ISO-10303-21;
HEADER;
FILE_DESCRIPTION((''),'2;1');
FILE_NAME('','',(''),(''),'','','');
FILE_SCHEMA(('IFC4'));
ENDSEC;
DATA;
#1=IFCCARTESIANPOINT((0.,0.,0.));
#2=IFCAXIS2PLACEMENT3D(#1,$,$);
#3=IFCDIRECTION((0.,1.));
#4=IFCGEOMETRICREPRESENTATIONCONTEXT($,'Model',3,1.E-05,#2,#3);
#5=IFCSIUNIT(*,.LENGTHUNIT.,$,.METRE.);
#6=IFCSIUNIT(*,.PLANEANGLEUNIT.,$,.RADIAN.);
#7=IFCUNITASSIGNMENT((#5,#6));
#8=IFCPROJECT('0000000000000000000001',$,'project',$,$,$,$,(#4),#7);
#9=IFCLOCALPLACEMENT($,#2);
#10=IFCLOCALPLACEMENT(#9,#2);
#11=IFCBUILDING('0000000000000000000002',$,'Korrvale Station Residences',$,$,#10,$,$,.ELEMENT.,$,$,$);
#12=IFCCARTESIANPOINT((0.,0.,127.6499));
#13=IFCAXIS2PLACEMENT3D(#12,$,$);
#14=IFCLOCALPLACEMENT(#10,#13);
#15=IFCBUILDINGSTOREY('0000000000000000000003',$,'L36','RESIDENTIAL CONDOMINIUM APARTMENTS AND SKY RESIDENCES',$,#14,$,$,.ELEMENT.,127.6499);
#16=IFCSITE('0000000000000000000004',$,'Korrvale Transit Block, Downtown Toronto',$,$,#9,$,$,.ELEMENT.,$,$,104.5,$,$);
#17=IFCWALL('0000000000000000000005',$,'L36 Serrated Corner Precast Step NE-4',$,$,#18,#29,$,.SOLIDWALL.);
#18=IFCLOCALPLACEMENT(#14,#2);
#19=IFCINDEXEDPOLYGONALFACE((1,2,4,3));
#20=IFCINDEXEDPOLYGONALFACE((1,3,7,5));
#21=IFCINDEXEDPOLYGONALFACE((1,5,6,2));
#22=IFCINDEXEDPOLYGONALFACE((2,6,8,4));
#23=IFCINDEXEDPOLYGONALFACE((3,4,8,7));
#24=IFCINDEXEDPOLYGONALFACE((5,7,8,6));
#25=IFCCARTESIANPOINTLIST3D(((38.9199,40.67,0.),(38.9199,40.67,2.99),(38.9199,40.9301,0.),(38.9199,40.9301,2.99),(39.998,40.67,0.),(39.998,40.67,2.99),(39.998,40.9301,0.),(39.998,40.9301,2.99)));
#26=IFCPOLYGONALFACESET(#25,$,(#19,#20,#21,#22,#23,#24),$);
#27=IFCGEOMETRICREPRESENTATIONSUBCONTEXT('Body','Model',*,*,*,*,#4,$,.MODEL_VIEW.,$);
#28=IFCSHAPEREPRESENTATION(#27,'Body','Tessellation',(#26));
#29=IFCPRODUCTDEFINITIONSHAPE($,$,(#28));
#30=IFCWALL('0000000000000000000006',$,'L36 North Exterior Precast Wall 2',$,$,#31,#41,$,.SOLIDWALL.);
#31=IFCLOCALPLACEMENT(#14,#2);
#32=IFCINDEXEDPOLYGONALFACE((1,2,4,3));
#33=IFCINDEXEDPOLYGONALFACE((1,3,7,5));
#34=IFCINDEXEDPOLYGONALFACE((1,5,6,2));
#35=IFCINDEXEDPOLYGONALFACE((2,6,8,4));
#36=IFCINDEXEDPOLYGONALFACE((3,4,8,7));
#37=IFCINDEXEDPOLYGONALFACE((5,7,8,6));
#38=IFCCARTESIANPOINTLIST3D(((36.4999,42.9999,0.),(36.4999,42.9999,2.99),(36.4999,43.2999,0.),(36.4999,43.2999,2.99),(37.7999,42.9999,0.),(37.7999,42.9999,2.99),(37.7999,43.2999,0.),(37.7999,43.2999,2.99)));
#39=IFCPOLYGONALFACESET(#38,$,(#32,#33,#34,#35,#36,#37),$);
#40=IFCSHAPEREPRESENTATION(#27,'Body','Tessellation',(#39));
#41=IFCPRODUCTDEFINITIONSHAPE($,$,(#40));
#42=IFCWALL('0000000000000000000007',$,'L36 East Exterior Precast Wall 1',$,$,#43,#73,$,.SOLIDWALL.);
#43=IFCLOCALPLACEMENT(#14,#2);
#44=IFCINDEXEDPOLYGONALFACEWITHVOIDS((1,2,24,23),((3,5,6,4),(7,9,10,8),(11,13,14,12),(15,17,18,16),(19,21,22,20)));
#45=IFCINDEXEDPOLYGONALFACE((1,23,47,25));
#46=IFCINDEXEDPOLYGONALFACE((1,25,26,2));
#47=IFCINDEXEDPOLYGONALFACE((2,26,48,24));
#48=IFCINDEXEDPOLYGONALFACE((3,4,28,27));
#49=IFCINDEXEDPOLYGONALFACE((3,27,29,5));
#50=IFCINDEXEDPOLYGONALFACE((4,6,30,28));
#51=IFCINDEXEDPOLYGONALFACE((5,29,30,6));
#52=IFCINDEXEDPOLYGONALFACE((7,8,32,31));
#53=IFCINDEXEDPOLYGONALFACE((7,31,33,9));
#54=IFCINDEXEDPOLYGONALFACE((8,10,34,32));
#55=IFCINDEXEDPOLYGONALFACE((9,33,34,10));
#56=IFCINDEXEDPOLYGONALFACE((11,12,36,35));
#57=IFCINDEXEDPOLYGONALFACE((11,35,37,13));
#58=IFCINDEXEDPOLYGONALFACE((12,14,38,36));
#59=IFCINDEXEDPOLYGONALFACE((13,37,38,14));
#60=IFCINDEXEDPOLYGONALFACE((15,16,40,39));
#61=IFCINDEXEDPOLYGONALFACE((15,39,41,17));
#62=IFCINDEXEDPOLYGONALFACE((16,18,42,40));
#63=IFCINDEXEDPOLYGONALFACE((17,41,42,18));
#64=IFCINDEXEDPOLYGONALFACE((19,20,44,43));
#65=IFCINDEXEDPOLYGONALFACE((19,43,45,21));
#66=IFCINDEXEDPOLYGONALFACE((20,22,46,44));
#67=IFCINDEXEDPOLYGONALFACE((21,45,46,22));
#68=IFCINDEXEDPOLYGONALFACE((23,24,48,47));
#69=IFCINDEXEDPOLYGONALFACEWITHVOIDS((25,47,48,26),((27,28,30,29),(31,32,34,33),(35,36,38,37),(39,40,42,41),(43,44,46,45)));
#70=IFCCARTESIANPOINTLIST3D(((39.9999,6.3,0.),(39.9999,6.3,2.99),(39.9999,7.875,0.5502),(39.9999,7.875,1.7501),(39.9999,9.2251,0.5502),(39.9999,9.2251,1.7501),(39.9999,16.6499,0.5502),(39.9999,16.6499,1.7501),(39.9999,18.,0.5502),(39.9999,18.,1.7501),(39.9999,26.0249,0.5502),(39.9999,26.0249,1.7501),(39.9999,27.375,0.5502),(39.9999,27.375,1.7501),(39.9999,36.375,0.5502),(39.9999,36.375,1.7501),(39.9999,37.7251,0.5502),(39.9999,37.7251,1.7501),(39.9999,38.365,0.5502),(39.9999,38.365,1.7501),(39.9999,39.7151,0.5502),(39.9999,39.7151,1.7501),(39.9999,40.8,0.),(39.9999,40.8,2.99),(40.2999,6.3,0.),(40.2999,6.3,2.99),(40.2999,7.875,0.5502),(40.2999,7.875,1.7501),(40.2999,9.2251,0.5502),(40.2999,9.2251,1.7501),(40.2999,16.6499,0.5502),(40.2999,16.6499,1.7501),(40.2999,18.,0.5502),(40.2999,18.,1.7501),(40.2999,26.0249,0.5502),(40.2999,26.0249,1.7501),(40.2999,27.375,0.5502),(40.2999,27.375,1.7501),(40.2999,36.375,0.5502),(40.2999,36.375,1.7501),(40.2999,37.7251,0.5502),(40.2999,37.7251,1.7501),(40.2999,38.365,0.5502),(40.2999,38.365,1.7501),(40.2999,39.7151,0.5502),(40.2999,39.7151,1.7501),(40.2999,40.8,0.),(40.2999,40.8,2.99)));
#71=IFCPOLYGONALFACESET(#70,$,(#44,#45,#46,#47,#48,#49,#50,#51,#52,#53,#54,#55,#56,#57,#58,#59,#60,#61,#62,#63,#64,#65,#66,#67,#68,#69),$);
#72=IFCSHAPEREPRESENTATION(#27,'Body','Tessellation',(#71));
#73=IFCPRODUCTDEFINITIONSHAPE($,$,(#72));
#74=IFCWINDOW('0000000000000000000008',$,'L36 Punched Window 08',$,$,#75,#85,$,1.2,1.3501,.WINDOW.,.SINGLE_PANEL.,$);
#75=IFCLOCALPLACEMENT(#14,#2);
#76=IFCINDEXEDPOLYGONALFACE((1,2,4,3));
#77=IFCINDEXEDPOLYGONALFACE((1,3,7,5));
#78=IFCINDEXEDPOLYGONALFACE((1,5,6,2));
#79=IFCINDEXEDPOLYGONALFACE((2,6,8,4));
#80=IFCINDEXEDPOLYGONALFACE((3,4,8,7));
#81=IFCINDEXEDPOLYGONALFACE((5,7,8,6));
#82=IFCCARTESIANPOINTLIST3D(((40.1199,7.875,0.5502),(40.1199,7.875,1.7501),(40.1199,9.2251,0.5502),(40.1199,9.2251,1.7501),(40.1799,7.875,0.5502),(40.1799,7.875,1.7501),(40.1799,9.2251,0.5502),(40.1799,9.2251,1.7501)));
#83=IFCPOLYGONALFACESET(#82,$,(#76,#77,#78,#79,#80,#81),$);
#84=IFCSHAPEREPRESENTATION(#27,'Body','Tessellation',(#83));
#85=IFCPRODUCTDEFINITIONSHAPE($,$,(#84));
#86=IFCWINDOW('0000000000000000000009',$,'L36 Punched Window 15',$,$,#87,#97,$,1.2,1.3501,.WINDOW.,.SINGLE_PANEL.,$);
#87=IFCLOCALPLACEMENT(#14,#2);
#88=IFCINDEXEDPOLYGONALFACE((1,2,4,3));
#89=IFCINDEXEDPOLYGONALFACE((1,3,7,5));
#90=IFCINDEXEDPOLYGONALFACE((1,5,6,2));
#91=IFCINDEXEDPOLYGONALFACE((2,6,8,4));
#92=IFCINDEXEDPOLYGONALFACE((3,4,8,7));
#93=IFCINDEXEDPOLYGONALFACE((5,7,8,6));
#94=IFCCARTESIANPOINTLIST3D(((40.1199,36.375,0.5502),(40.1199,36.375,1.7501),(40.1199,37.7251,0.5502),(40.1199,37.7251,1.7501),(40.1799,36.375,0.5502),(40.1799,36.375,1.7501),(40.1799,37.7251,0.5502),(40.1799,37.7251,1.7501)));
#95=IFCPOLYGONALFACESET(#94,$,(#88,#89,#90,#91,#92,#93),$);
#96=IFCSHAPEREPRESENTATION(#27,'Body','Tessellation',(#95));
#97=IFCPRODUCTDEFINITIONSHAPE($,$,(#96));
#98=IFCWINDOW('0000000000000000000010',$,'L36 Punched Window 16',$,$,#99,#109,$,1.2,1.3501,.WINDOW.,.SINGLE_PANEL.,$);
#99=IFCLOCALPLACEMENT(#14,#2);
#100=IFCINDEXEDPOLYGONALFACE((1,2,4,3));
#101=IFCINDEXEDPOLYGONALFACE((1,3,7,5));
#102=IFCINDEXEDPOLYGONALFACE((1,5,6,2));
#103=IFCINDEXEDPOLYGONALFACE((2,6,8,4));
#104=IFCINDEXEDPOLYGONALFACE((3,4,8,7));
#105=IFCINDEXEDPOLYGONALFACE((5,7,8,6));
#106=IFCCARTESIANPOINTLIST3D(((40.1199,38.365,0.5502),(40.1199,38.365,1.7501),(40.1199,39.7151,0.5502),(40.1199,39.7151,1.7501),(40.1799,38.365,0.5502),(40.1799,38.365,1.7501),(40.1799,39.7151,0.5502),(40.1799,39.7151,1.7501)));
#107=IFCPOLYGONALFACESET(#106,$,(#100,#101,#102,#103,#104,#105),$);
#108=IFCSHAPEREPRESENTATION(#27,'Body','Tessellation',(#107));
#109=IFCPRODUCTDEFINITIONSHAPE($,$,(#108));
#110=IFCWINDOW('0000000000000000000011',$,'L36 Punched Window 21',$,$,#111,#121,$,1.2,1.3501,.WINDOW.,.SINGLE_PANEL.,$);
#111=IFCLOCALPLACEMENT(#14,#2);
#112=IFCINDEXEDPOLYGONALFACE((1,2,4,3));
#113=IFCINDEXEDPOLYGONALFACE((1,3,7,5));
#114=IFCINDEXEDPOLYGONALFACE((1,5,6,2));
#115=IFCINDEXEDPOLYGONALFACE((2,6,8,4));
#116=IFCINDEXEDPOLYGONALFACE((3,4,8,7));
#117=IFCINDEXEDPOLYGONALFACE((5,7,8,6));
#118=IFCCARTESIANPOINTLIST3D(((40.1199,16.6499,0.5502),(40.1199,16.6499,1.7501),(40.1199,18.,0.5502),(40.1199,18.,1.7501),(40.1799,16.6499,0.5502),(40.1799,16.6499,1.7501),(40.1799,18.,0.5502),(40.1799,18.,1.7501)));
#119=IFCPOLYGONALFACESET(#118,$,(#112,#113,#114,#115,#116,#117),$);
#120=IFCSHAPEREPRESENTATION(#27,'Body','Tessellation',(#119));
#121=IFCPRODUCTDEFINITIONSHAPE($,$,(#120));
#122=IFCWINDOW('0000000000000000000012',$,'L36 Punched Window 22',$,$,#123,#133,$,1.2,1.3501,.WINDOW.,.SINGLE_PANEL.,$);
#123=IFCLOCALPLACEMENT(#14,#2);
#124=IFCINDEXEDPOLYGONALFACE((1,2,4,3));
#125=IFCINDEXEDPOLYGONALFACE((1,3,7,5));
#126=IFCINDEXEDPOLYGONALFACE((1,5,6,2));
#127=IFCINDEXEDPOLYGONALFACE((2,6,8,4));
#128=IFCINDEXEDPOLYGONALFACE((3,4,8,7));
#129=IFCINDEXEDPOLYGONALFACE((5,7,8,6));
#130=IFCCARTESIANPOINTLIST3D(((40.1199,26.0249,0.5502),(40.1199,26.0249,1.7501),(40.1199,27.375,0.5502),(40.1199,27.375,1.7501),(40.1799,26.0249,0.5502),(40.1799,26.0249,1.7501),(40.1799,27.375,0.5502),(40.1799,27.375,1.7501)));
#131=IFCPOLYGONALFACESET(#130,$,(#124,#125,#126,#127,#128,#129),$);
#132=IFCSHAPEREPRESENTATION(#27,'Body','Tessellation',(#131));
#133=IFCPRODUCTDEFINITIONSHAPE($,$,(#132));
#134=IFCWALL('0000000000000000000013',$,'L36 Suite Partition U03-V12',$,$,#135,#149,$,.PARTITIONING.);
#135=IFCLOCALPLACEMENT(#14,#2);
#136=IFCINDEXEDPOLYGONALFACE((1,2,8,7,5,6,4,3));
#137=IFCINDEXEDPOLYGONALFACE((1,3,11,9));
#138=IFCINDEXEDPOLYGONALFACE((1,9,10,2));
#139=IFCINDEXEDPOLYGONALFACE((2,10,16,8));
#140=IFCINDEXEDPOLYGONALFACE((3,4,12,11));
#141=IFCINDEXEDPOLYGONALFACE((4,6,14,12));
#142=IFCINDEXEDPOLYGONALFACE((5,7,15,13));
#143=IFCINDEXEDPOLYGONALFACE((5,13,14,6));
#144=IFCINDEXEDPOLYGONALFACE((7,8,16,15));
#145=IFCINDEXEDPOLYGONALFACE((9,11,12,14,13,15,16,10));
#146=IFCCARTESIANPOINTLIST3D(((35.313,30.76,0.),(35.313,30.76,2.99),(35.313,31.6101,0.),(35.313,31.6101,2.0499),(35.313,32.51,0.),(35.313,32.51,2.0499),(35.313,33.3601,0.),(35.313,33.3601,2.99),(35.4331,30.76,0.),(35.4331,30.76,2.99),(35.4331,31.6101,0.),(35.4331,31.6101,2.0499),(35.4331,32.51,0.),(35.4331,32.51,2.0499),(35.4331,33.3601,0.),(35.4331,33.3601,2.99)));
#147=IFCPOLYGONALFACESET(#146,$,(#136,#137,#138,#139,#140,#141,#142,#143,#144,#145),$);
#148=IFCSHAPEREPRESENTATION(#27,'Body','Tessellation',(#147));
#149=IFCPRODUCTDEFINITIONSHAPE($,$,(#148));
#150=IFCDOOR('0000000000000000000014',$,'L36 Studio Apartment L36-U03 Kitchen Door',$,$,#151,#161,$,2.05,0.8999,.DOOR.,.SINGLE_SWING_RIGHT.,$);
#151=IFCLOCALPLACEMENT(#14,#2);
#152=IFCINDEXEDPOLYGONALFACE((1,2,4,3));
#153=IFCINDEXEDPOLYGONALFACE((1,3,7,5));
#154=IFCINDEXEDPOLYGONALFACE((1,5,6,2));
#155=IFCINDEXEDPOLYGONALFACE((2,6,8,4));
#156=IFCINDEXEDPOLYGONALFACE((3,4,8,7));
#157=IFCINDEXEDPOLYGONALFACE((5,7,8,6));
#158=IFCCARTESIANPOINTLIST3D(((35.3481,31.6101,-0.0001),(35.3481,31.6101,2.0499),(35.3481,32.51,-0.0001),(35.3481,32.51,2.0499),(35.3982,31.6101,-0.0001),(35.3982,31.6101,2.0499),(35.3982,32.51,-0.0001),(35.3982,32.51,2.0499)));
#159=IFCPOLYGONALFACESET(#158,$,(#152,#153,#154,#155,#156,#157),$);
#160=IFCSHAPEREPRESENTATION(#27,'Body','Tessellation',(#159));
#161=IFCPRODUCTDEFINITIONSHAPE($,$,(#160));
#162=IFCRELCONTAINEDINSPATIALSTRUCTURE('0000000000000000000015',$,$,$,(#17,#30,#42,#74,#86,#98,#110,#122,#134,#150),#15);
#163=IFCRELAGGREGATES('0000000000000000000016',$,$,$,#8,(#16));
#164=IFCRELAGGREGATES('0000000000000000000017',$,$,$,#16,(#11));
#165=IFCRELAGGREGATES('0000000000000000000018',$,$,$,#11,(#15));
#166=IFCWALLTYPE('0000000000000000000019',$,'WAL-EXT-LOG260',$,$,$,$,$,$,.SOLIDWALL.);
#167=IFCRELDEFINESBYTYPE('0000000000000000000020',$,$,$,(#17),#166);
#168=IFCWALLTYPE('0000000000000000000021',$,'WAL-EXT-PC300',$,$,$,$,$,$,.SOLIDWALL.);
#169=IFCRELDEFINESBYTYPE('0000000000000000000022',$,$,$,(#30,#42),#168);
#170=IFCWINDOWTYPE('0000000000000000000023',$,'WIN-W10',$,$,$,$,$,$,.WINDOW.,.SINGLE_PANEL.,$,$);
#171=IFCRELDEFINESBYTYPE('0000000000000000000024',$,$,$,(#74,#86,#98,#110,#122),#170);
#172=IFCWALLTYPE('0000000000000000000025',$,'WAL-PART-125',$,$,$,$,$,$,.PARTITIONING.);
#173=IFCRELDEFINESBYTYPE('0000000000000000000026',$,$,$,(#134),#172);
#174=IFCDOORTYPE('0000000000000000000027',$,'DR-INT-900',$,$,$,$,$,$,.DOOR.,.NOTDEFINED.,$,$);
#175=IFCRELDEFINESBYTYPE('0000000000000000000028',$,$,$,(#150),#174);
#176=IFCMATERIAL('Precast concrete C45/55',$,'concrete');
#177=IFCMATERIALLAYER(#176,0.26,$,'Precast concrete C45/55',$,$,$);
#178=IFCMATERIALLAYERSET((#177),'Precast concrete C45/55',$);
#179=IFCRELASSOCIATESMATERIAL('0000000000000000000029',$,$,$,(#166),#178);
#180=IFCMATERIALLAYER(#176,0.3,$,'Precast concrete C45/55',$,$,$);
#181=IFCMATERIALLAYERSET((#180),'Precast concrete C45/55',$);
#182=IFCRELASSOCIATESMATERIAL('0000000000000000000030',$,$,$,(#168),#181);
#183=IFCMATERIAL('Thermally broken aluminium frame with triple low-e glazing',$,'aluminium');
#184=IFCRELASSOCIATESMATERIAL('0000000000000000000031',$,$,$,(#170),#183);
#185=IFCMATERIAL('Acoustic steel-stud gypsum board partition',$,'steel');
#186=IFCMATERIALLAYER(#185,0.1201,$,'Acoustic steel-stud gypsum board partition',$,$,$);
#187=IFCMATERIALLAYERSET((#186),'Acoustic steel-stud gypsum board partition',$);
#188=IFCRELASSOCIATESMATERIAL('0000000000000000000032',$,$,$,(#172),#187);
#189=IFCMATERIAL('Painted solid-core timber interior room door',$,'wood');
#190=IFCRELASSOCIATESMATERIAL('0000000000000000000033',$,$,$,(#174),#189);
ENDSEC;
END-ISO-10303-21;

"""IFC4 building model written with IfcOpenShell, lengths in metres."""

from ifc_helpers import new_model, si_unit, direction, frame, frame_2d, origin, place, context, subcontext, project, spatial, rectangle, extrude, material, layer, layer_set, type_object, element, fill, save


model = new_model("IFC4")

# Units and contexts
model_context = context("Model", 3, precision=1e-05, world=origin(), true_north=direction((0.0, 1.0)))
body_context = subcontext(model_context, "Body", "Model", "MODEL_VIEW")
ifc_project = project(units=[si_unit("LENGTHUNIT", "METRE"), si_unit("PLANEANGLEUNIT", "RADIAN")], contexts=[model_context])

# Site, building, storey
site_placement = place(None, origin())
site = spatial("IfcSite", under=ifc_project, at=site_placement, Name="Korrvale Transit Block, Downtown Toronto", CompositionType="ELEMENT", RefElevation=104.5)
building_placement = place(site_placement, origin())
building = spatial("IfcBuilding", under=site, at=building_placement, Name="Korrvale Station Residences", CompositionType="ELEMENT")
storey_placement = place(building_placement, frame((0.0, 0.0, 127.6499)))
storey = spatial("IfcBuildingStorey", under=building, at=storey_placement, Name="L36", Description="RESIDENTIAL CONDOMINIUM APARTMENTS AND SKY RESIDENCES", CompositionType="ELEMENT", Elevation=127.6499)

# Walls
ifc_material_1 = material(Name="Precast concrete C45/55", Category="concrete")
ifc_layer_1 = layer(ifc_material_1, 0.26, Name="Precast concrete C45/55")
ifc_layer_set_1 = layer_set([ifc_layer_1], Name="Precast concrete C45/55")
wall_type_1 = type_object("IfcWallType", Name="WAL-EXT-LOG260", PredefinedType="SOLIDWALL", material=ifc_layer_set_1)
wall_1_placement = place(storey_placement, frame((38.9199, 40.8, 0.0), z_axis=(0.0, 0.0, 1.0), x_axis=(1.0, 0.0, 0.0)))
element("IfcWall", 1, at=wall_1_placement, inside=storey, type_object=wall_type_1, Name="L36 Serrated Corner Precast Step NE-4", PredefinedType="SOLIDWALL", context=body_context, shape_type="SweptSolid", body=[
    extrude(rectangle(XDim=1.0781, YDim=0.26, at=frame_2d((0.5391, 0.0))), origin(), (0.0, 0.0, 1.0), 2.99),
])
ifc_layer_2 = layer(ifc_material_1, 0.3, Name="Precast concrete C45/55")
ifc_layer_set_2 = layer_set([ifc_layer_2], Name="Precast concrete C45/55")
wall_type_2 = type_object("IfcWallType", Name="WAL-EXT-PC300", PredefinedType="SOLIDWALL", material=ifc_layer_set_2)
wall_2_placement = place(storey_placement, frame((36.5, 43.1499, 0.0), z_axis=(0.0, 0.0, 1.0), x_axis=(1.0, 0.0, 0.0)))
element("IfcWall", 2, at=wall_2_placement, inside=storey, type_object=wall_type_2, Name="L36 North Exterior Precast Wall 2", PredefinedType="SOLIDWALL", context=body_context, shape_type="SweptSolid", body=[
    extrude(rectangle(XDim=1.3, YDim=0.3, at=frame_2d((0.6499, 0.0))), origin(), (0.0, 0.0, 1.0), 2.99),
])

# Wall, openings, windows
wall_3_placement = place(storey_placement, frame((40.1499, 40.8, 0.0), z_axis=(0.0, 0.0, 1.0), x_axis=(0.0, -1.0, 0.0)))
wall_3 = element("IfcWall", 3, at=wall_3_placement, inside=storey, type_object=wall_type_2, Name="L36 East Exterior Precast Wall 1", PredefinedType="SOLIDWALL", context=body_context, shape_type="SweptSolid", body=[
    extrude(rectangle(XDim=34.5, YDim=0.3, at=frame_2d((17.25, 0.0))), origin(), (0.0, 0.0, 1.0), 2.99),
])
opening_1_placement = place(wall_3_placement, frame((31.575, 0.0, 0.55)))
opening_1 = element("IfcOpeningElement", 4, at=opening_1_placement, cuts=wall_3, PredefinedType="OPENING", context=body_context, shape_type="SweptSolid", body=[
    extrude(rectangle(XDim=1.3501, YDim=1.2, at=frame_2d((0.675, 0.6001))), frame((0.0, 0.1602, 0.0), z_axis=(0.0, -1.0, 0.0), x_axis=(1.0, 0.0, 0.0)), (0.0, 0.0, 1.0), 0.3201),
])
opening_2_placement = place(wall_3_placement, frame((3.075, 0.0, 0.55)))
opening_2 = element("IfcOpeningElement", 5, at=opening_2_placement, cuts=wall_3, PredefinedType="OPENING", context=body_context, shape_type="SweptSolid", body=[
    extrude(rectangle(XDim=1.3501, YDim=1.2, at=frame_2d((0.675, 0.6001))), frame((0.0, 0.1602, 0.0), z_axis=(0.0, -1.0, 0.0), x_axis=(1.0, 0.0, 0.0)), (0.0, 0.0, 1.0), 0.3201),
])
opening_3_placement = place(wall_3_placement, frame((1.085, 0.0, 0.55)))
opening_3 = element("IfcOpeningElement", 6, at=opening_3_placement, cuts=wall_3, PredefinedType="OPENING", context=body_context, shape_type="SweptSolid", body=[
    extrude(rectangle(XDim=1.3501, YDim=1.2, at=frame_2d((0.675, 0.6001))), frame((0.0, 0.1602, 0.0), z_axis=(0.0, -1.0, 0.0), x_axis=(1.0, 0.0, 0.0)), (0.0, 0.0, 1.0), 0.3201),
])
opening_4_placement = place(wall_3_placement, frame((22.8, 0.0, 0.55)))
opening_4 = element("IfcOpeningElement", 7, at=opening_4_placement, cuts=wall_3, PredefinedType="OPENING", context=body_context, shape_type="SweptSolid", body=[
    extrude(rectangle(XDim=1.3501, YDim=1.2, at=frame_2d((0.675, 0.6001))), frame((0.0, 0.1602, 0.0), z_axis=(0.0, -1.0, 0.0), x_axis=(1.0, 0.0, 0.0)), (0.0, 0.0, 1.0), 0.3201),
])
opening_5_placement = place(wall_3_placement, frame((13.425, 0.0, 0.55)))
opening_5 = element("IfcOpeningElement", 8, at=opening_5_placement, cuts=wall_3, PredefinedType="OPENING", context=body_context, shape_type="SweptSolid", body=[
    extrude(rectangle(XDim=1.3501, YDim=1.2, at=frame_2d((0.675, 0.6001))), frame((0.0, 0.1602, 0.0), z_axis=(0.0, -1.0, 0.0), x_axis=(1.0, 0.0, 0.0)), (0.0, 0.0, 1.0), 0.3201),
])
ifc_material_2 = material(Name="Thermally broken aluminium frame with triple low-e glazing", Category="aluminium")
window_type = type_object("IfcWindowType", Name="WIN-W10", PartitioningType="SINGLE_PANEL", PredefinedType="WINDOW", material=ifc_material_2)
window_1_placement = place(opening_1_placement, origin())
window_1 = element("IfcWindow", 9, at=window_1_placement, inside=storey, type_object=window_type, Name="L36 Punched Window 08", OverallHeight=1.2, OverallWidth=1.3501, PartitioningType="SINGLE_PANEL", PredefinedType="WINDOW", context=body_context, shape_type="SweptSolid", body=[
    extrude(rectangle(XDim=1.3501, YDim=1.2, at=frame_2d((0.675, 0.6001))), frame((0.0, 0.03, 0.0), z_axis=(0.0, -1.0, 0.0), x_axis=(1.0, 0.0, 0.0)), (0.0, 0.0, 1.0), 0.0601),
])
fill(opening_1, window_1)
window_2_placement = place(opening_2_placement, origin())
window_2 = element("IfcWindow", 10, at=window_2_placement, inside=storey, type_object=window_type, Name="L36 Punched Window 15", OverallHeight=1.2, OverallWidth=1.3501, PartitioningType="SINGLE_PANEL", PredefinedType="WINDOW", context=body_context, shape_type="SweptSolid", body=[
    extrude(rectangle(XDim=1.3501, YDim=1.2, at=frame_2d((0.675, 0.6001))), frame((0.0, 0.03, 0.0), z_axis=(0.0, -1.0, 0.0), x_axis=(1.0, 0.0, 0.0)), (0.0, 0.0, 1.0), 0.0601),
])
fill(opening_2, window_2)
window_3_placement = place(opening_3_placement, origin())
window_3 = element("IfcWindow", 11, at=window_3_placement, inside=storey, type_object=window_type, Name="L36 Punched Window 16", OverallHeight=1.2, OverallWidth=1.3501, PartitioningType="SINGLE_PANEL", PredefinedType="WINDOW", context=body_context, shape_type="SweptSolid", body=[
    extrude(rectangle(XDim=1.3501, YDim=1.2, at=frame_2d((0.675, 0.6001))), frame((0.0, 0.03, 0.0), z_axis=(0.0, -1.0, 0.0), x_axis=(1.0, 0.0, 0.0)), (0.0, 0.0, 1.0), 0.0601),
])
fill(opening_3, window_3)
window_4_placement = place(opening_4_placement, origin())
window_4 = element("IfcWindow", 12, at=window_4_placement, inside=storey, type_object=window_type, Name="L36 Punched Window 21", OverallHeight=1.2, OverallWidth=1.3501, PartitioningType="SINGLE_PANEL", PredefinedType="WINDOW", context=body_context, shape_type="SweptSolid", body=[
    extrude(rectangle(XDim=1.3501, YDim=1.2, at=frame_2d((0.675, 0.6001))), frame((0.0, 0.03, 0.0), z_axis=(0.0, -1.0, 0.0), x_axis=(1.0, 0.0, 0.0)), (0.0, 0.0, 1.0), 0.0601),
])
fill(opening_4, window_4)
window_5_placement = place(opening_5_placement, origin())
window_5 = element("IfcWindow", 13, at=window_5_placement, inside=storey, type_object=window_type, Name="L36 Punched Window 22", OverallHeight=1.2, OverallWidth=1.3501, PartitioningType="SINGLE_PANEL", PredefinedType="WINDOW", context=body_context, shape_type="SweptSolid", body=[
    extrude(rectangle(XDim=1.3501, YDim=1.2, at=frame_2d((0.675, 0.6001))), frame((0.0, 0.03, 0.0), z_axis=(0.0, -1.0, 0.0), x_axis=(1.0, 0.0, 0.0)), (0.0, 0.0, 1.0), 0.0601),
])
fill(opening_5, window_5)

# Wall, opening, door
ifc_material_3 = material(Name="Acoustic steel-stud gypsum board partition", Category="steel")
ifc_layer_3 = layer(ifc_material_3, 0.1201, Name="Acoustic steel-stud gypsum board partition")
ifc_layer_set_3 = layer_set([ifc_layer_3], Name="Acoustic steel-stud gypsum board partition")
wall_type_3 = type_object("IfcWallType", Name="WAL-PART-125", PredefinedType="PARTITIONING", material=ifc_layer_set_3)
wall_4_placement = place(storey_placement, frame((35.373, 30.76, 0.0), z_axis=(0.0, 0.0, 1.0), x_axis=(0.0, 1.0, 0.0)))
wall_4 = element("IfcWall", 14, at=wall_4_placement, inside=storey, type_object=wall_type_3, Name="L36 Suite Partition U03-V12", PredefinedType="PARTITIONING", context=body_context, shape_type="SweptSolid", body=[
    extrude(rectangle(XDim=2.6001, YDim=0.1201, at=frame_2d((1.3, 0.0))), origin(), (0.0, 0.0, 1.0), 2.99),
])
opening_6_placement = place(wall_4_placement, frame((0.8501, 0.0, 0.0)))
opening_6 = element("IfcOpeningElement", 15, at=opening_6_placement, cuts=wall_4, PredefinedType="OPENING", context=body_context, shape_type="SweptSolid", body=[
    extrude(rectangle(XDim=0.8999, YDim=2.05, at=frame_2d((0.45, 1.0249))), frame((0.0, 0.0701, 0.0), z_axis=(0.0, -1.0, 0.0), x_axis=(1.0, 0.0, 0.0)), (0.0, 0.0, 1.0), 0.1401),
])
ifc_material_4 = material(Name="Painted solid-core timber interior room door", Category="wood")
door_type = type_object("IfcDoorType", Name="DR-INT-900", OperationType="NOTDEFINED", PredefinedType="DOOR", material=ifc_material_4)
door_1_placement = place(opening_6_placement, origin())
door_1 = element("IfcDoor", 16, at=door_1_placement, inside=storey, type_object=door_type, Name="L36 Studio Apartment L36-U03 Kitchen Door", OperationType="SINGLE_SWING_RIGHT", OverallHeight=2.05, OverallWidth=0.8999, PredefinedType="DOOR", context=body_context, shape_type="SweptSolid", body=[
    extrude(rectangle(XDim=0.8999, YDim=2.05, at=frame_2d((0.45, 1.0249))), frame((0.0, 0.0249, 0.0), z_axis=(0.0, -1.0, 0.0), x_axis=(1.0, 0.0, 0.0)), (0.0, 0.0, 1.0), 0.05),
])
fill(opening_6, door_1)

save(model, "model.ifc")
